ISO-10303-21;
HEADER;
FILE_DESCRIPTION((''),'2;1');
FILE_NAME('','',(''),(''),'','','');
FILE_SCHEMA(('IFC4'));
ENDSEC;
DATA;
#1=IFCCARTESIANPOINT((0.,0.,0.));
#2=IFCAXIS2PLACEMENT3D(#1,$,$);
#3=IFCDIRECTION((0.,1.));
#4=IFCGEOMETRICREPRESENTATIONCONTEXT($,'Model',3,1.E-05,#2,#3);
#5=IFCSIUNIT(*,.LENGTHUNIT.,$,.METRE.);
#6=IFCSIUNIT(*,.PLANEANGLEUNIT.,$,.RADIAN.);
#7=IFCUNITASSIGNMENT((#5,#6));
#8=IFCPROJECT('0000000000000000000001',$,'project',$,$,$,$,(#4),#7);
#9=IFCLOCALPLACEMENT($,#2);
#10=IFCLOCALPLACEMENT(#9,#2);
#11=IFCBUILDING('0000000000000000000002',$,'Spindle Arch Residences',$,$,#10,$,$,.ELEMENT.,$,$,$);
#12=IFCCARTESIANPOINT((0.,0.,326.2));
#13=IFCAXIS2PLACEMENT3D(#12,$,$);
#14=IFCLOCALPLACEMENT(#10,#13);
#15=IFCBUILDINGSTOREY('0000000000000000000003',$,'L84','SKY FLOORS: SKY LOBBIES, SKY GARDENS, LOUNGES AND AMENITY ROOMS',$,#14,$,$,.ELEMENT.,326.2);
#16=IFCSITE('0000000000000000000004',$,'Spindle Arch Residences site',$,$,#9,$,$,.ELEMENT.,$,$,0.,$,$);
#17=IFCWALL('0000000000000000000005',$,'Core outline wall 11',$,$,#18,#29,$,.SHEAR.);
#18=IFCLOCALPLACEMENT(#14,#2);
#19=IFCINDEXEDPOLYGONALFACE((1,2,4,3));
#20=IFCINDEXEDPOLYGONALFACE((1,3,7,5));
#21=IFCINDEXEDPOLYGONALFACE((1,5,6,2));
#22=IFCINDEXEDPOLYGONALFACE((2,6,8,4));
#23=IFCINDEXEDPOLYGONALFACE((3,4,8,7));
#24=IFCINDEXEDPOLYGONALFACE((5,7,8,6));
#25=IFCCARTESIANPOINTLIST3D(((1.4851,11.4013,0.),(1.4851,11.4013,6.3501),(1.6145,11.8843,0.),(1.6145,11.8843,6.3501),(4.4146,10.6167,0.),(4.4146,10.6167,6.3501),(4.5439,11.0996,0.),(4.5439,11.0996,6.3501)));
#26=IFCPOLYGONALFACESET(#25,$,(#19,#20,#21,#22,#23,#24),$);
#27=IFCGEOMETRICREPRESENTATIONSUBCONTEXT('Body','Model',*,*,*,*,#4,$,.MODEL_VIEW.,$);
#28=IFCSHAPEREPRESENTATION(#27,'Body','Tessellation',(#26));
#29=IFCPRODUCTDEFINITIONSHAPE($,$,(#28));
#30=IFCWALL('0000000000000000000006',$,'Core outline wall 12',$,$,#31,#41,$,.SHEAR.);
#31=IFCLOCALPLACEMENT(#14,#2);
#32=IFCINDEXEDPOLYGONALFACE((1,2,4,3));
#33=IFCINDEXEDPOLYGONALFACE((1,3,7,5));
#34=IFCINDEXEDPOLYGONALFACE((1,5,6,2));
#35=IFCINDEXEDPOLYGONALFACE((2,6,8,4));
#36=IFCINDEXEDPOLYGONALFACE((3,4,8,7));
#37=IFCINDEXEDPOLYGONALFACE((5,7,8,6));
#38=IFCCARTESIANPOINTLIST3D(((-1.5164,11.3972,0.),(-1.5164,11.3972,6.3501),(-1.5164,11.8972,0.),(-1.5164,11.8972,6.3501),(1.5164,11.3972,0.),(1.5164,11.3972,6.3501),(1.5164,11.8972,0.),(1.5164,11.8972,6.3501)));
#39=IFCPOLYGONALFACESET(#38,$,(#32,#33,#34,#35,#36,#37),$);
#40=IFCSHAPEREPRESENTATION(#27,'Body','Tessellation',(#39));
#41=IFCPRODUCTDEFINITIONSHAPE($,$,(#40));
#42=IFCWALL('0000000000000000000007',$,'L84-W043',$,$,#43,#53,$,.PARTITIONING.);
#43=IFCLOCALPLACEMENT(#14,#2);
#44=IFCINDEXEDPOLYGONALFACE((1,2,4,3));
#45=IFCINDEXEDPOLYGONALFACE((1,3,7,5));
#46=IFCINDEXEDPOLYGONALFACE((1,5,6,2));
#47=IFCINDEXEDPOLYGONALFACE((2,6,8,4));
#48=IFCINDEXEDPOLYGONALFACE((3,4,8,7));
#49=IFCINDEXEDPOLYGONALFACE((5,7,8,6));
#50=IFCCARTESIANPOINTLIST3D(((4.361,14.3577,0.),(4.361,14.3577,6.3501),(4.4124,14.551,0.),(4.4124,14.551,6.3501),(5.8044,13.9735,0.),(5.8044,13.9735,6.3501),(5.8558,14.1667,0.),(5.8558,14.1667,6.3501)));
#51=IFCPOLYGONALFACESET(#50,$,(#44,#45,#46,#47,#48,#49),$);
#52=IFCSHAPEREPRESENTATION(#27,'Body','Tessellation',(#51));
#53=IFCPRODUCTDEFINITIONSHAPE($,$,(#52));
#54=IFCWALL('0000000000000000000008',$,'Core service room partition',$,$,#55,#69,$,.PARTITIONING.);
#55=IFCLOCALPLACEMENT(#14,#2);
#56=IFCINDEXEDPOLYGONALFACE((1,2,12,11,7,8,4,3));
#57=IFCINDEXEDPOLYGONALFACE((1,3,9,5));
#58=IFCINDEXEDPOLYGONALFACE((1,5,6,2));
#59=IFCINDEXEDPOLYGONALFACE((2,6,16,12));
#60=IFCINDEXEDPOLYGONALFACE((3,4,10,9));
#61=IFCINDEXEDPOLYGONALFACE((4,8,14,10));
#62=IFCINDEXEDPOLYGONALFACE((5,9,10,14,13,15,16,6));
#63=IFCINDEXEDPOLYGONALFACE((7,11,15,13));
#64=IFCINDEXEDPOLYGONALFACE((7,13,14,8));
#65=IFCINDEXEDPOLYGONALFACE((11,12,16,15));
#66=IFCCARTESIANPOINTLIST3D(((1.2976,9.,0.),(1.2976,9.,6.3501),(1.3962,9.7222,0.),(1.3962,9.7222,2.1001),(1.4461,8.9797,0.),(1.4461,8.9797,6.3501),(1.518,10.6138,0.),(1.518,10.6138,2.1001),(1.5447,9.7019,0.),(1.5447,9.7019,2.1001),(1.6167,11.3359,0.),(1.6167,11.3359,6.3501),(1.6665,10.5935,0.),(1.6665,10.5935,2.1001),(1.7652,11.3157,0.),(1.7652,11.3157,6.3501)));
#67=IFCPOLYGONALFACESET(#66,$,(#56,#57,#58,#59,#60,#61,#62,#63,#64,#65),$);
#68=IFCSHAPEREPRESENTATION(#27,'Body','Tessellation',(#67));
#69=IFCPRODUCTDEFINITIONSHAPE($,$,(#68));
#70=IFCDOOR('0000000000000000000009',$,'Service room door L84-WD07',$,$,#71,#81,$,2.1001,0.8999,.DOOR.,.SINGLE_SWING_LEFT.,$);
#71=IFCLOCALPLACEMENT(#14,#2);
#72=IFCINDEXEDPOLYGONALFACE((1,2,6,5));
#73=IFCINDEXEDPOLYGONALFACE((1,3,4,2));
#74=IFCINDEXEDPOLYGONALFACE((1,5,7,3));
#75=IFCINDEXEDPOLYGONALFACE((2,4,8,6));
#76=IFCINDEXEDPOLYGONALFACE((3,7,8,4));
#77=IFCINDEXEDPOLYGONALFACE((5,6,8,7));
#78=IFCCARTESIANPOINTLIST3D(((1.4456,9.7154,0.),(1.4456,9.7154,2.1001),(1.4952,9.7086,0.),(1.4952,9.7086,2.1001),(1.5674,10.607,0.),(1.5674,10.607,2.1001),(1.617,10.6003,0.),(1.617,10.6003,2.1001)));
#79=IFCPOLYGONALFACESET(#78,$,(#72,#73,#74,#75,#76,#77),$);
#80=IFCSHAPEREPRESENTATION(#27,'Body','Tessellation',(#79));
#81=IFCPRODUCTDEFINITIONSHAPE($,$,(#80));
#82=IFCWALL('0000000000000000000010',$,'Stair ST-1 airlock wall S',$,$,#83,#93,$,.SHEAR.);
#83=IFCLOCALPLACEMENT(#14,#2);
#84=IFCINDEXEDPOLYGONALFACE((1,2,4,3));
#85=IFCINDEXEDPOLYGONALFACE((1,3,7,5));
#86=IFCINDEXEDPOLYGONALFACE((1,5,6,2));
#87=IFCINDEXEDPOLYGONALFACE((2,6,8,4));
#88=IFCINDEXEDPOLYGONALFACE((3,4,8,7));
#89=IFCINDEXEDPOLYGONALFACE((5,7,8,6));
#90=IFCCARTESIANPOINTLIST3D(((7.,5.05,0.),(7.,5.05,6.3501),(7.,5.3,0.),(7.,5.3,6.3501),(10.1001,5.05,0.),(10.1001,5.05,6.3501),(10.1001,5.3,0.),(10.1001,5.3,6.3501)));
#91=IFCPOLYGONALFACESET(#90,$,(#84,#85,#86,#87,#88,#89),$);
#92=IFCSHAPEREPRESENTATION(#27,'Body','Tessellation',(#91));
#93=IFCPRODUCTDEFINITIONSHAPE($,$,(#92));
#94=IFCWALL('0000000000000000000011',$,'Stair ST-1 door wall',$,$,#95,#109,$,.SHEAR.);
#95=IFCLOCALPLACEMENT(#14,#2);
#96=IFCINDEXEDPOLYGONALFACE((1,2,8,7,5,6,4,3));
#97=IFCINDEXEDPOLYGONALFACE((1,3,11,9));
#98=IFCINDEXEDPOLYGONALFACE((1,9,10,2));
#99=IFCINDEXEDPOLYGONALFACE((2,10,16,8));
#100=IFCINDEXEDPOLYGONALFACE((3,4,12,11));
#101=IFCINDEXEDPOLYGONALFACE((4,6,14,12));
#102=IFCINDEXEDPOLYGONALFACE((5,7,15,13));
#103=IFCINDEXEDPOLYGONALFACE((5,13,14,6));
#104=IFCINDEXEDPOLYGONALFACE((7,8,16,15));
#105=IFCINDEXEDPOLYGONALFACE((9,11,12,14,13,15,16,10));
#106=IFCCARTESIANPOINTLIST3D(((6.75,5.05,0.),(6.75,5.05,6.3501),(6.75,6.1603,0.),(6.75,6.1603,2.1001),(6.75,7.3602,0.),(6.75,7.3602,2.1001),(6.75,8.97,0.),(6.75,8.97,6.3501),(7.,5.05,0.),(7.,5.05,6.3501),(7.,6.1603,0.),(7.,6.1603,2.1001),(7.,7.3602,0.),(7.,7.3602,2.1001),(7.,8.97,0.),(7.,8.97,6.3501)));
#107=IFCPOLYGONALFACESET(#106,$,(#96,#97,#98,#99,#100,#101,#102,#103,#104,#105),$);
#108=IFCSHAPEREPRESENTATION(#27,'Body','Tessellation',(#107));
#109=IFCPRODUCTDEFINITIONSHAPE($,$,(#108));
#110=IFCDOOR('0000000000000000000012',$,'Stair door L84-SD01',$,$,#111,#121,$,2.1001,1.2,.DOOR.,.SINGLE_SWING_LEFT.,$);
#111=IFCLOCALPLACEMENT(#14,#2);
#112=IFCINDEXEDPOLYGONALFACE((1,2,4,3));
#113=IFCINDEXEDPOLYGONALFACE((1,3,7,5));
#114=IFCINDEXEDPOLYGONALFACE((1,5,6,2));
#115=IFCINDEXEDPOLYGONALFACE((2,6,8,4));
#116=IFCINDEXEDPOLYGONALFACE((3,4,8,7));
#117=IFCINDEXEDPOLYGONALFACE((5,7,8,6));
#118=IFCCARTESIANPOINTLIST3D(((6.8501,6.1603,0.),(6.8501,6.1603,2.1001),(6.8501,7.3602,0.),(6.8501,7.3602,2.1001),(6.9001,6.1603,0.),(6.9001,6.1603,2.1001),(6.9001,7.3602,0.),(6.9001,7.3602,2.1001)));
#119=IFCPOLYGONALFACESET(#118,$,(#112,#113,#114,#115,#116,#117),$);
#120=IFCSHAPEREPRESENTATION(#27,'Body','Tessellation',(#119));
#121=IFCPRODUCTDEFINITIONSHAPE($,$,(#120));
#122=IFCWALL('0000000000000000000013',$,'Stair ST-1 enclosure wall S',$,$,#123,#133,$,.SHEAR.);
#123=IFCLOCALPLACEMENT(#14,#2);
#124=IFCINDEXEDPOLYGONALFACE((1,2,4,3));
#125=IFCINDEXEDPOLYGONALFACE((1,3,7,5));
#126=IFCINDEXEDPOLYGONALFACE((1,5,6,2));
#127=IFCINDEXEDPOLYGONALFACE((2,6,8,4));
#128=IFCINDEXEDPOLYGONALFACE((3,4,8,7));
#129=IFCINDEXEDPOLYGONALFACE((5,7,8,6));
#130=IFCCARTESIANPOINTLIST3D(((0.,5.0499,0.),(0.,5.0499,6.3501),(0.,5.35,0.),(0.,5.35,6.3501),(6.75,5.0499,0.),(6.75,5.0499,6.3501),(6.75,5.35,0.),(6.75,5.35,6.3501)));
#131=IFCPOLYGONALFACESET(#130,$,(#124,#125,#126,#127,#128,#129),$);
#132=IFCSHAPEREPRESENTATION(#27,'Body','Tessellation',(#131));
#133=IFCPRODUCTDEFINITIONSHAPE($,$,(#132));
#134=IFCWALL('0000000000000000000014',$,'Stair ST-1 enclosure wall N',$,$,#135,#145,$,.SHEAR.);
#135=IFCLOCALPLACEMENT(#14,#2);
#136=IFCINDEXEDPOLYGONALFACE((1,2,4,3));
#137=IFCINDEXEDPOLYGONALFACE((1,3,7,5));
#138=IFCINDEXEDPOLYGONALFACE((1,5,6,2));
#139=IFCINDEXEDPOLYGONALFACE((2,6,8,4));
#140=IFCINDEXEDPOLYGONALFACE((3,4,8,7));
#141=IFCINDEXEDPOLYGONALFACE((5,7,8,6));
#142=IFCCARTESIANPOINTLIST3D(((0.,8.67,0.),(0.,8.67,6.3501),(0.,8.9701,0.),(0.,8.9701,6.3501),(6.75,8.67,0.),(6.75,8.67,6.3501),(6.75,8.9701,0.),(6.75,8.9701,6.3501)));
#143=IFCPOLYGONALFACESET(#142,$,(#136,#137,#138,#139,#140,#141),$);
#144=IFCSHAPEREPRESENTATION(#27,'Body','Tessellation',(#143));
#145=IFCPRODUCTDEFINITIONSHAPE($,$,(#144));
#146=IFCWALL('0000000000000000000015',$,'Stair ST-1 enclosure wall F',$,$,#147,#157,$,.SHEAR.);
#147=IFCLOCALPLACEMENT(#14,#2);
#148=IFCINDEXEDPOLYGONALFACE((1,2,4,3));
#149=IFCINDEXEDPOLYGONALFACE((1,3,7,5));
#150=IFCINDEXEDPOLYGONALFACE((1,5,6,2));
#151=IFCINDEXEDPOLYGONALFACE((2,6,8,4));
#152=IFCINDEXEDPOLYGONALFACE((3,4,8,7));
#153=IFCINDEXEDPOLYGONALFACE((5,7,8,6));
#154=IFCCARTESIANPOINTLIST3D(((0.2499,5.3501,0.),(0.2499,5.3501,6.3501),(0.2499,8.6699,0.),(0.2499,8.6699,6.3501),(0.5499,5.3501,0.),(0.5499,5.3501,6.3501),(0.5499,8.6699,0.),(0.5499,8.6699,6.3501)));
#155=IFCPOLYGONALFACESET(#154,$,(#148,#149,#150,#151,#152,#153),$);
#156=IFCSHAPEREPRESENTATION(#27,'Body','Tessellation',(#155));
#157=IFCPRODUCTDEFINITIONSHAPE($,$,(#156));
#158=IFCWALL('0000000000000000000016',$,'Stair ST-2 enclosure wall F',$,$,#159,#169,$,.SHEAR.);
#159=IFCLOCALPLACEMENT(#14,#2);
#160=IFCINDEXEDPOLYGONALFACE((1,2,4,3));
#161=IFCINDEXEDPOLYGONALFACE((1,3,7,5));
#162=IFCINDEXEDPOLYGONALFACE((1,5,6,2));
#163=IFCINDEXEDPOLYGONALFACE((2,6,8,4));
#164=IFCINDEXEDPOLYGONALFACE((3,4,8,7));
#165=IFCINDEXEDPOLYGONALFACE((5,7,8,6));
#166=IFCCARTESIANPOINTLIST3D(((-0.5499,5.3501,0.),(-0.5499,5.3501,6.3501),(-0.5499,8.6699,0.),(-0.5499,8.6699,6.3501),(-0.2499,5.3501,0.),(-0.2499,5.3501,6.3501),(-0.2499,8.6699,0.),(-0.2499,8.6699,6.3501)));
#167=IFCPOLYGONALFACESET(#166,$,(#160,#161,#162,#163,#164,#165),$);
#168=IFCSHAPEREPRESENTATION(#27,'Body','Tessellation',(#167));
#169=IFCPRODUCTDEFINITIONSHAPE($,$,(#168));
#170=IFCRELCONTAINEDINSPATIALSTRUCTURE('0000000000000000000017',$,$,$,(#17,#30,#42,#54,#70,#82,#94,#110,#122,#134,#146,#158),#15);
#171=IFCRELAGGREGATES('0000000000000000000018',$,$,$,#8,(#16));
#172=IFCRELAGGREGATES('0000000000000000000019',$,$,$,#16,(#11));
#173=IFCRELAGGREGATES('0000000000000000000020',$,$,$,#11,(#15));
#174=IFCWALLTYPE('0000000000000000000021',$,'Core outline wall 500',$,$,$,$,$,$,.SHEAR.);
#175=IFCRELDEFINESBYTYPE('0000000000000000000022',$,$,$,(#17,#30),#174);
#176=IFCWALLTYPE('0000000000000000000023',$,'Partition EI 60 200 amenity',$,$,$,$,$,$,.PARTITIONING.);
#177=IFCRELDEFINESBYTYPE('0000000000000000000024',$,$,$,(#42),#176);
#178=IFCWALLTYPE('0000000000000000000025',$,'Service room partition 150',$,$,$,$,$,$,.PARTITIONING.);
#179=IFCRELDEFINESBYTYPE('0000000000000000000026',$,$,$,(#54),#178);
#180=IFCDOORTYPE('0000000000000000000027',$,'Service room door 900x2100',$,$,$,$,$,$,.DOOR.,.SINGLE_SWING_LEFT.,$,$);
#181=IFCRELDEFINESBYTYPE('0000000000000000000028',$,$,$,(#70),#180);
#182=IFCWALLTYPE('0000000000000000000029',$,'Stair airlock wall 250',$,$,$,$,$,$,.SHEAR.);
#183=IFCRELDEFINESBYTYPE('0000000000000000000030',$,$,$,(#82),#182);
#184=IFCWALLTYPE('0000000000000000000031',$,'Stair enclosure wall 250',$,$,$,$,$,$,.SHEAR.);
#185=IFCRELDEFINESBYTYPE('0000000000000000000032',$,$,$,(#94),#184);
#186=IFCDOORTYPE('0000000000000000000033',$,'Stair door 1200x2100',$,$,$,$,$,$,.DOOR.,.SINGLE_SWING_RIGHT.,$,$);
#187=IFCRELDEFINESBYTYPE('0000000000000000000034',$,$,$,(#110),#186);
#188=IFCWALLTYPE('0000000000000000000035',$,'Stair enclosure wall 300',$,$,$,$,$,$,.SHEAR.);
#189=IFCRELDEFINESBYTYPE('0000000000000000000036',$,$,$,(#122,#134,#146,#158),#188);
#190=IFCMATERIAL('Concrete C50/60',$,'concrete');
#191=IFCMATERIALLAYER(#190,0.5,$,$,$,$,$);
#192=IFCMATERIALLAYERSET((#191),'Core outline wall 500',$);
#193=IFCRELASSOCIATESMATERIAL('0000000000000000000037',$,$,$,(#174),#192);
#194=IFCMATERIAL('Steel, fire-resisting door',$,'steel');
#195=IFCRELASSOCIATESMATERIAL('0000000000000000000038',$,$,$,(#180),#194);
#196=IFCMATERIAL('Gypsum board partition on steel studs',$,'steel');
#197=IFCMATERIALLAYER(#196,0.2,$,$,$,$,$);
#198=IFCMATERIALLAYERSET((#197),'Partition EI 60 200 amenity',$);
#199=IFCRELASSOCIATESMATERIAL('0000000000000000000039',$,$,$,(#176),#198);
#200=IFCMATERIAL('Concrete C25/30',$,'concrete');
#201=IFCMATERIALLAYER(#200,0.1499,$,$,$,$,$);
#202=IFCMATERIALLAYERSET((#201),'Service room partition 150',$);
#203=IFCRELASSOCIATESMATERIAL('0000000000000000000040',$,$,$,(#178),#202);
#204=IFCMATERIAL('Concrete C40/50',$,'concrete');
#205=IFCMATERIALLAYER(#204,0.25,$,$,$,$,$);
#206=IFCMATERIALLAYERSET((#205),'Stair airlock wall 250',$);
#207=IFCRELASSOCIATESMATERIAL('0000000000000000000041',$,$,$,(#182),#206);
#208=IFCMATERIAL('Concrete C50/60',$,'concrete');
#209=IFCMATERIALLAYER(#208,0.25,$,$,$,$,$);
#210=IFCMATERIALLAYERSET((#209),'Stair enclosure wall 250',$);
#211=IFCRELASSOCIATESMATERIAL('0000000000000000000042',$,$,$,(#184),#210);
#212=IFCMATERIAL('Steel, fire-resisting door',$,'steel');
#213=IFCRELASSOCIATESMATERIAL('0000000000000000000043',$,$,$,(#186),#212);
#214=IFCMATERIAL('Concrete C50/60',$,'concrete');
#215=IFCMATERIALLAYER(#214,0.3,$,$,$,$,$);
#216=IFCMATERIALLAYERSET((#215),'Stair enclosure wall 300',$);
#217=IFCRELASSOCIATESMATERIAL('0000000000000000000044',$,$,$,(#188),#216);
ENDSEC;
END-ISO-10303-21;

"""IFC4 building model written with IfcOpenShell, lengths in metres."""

from ifc_helpers import new_model, si_unit, direction, frame, frame_2d, origin, place, context, subcontext, project, spatial, rectangle, extrude, material, layer, layer_set, type_object, element, fill, save


model = new_model("IFC4")

# Units and contexts
model_context = context("Model", 3, precision=1e-05, world=origin(), true_north=direction((0.0, 1.0)))
body_context = subcontext(model_context, "Body", "Model", "MODEL_VIEW")
ifc_project = project(units=[si_unit("LENGTHUNIT", "METRE"), si_unit("PLANEANGLEUNIT", "RADIAN")], contexts=[model_context])

# Site, building, storey
site_placement = place(None, origin())
site = spatial("IfcSite", under=ifc_project, at=site_placement, Name="Spindle Arch Residences site", CompositionType="ELEMENT", RefElevation=0.0)
building_placement = place(site_placement, origin())
building = spatial("IfcBuilding", under=site, at=building_placement, Name="Spindle Arch Residences", CompositionType="ELEMENT")
storey_placement = place(building_placement, frame((0.0, 0.0, 326.2)))
storey = spatial("IfcBuildingStorey", under=building, at=storey_placement, Name="L84", Description="SKY FLOORS: SKY LOBBIES, SKY GARDENS, LOUNGES AND AMENITY ROOMS", CompositionType="ELEMENT", Elevation=326.2)

# Walls
ifc_material_1 = material(Name="Concrete C50/60", Category="concrete")
ifc_layer_1 = layer(ifc_material_1, 0.5)
ifc_layer_set_1 = layer_set([ifc_layer_1], Name="Core outline wall 500")
wall_type_1 = type_object("IfcWallType", Name="Core outline wall 500", PredefinedType="SHEAR", material=ifc_layer_set_1)
for number, where, z_axis, x_axis, name in (
    (1, (4.4792, 10.8582, 0.0), (0.0, 0.0, 1.0), (-0.965948, 0.258735, 0.0), "Core outline wall 11"),
    (2, (1.5164, 11.6472, 0.0), (0.0, 0.0, 1.0), (-1.0, 0.0, 0.0), "Core outline wall 12"),
):
    element("IfcWall", number, at=place(storey_placement, frame(where, z_axis=z_axis, x_axis=x_axis)), inside=storey, type_object=wall_type_1, Name=name, PredefinedType="SHEAR", context=body_context, shape_type="SweptSolid", body=[
        extrude(rectangle(XDim=3.0327, YDim=0.5, at=frame_2d((1.5164, 0.0))), origin(), (0.0, 0.0, 1.0), 6.3501),
    ])

# Shared definitions
ifc_material_2 = material(Name="Steel, fire-resisting door", Category="steel")
door_type_1 = type_object("IfcDoorType", Name="Service room door 900x2100", OperationType="SINGLE_SWING_LEFT", PredefinedType="DOOR", material=ifc_material_2)

# Wall
ifc_material_3 = material(Name="Gypsum board partition on steel studs", Category="steel")
ifc_layer_2 = layer(ifc_material_3, 0.2)
ifc_layer_set_2 = layer_set([ifc_layer_2], Name="Partition EI 60 200 amenity")
wall_type_2 = type_object("IfcWallType", Name="Partition EI 60 200 amenity", PredefinedType="PARTITIONING", material=ifc_layer_set_2)
wall_1_placement = place(storey_placement, frame((5.8301, 14.0701, 0.0), z_axis=(0.0, 0.0, 1.0), x_axis=(-0.966338, 0.257276, 0.0)))
element("IfcWall", 3, at=wall_1_placement, inside=storey, type_object=wall_type_2, Name="L84-W043", PredefinedType="PARTITIONING", context=body_context, shape_type="SweptSolid", body=[
    extrude(rectangle(XDim=1.4937, YDim=0.2, at=frame_2d((0.7468, 0.0))), origin(), (0.0, 0.0, 1.0), 6.3501),
])

# Wall, opening, door
ifc_material_4 = material(Name="Concrete C25/30", Category="concrete")
ifc_layer_3 = layer(ifc_material_4, 0.1499)
ifc_layer_set_3 = layer_set([ifc_layer_3], Name="Service room partition 150")
wall_type_3 = type_object("IfcWallType", Name="Service room partition 150", PredefinedType="PARTITIONING", material=ifc_layer_set_3)
wall_2_placement = place(storey_placement, frame((1.6909, 11.3257, 0.0), z_axis=(0.0, 0.0, 1.0), x_axis=(-0.135344, -0.990799, 0.0)))
wall_2 = element("IfcWall", 4, at=wall_2_placement, inside=storey, type_object=wall_type_3, Name="Core service room partition", PredefinedType="PARTITIONING", context=body_context, shape_type="SweptSolid", body=[
    extrude(rectangle(XDim=2.3577, YDim=0.1499, at=frame_2d((1.1787, 0.0))), origin(), (0.0, 0.0, 1.0), 6.3501),
])
opening_1_placement = place(wall_2_placement, frame((0.7288, 0.0, 0.0)))
opening_1 = element("IfcOpeningElement", 5, at=opening_1_placement, cuts=wall_2, PredefinedType="OPENING", context=body_context, shape_type="SweptSolid", body=[
    extrude(rectangle(XDim=0.8999, YDim=2.1001, at=frame_2d((0.45, 1.05))), frame((0.0, 0.085, 0.0), z_axis=(0.0, -1.0, 0.0), x_axis=(1.0, 0.0, 0.0)), (0.0, 0.0, 1.0), 0.1699),
])
door_1_placement = place(opening_1_placement, origin())
door_1 = element("IfcDoor", 6, at=door_1_placement, inside=storey, type_object=door_type_1, Name="Service room door L84-WD07", OperationType="SINGLE_SWING_LEFT", OverallHeight=2.1001, OverallWidth=0.8999, PredefinedType="DOOR", context=body_context, shape_type="SweptSolid", body=[
    extrude(rectangle(XDim=0.8999, YDim=2.1001, at=frame_2d((0.45, 1.05))), frame((0.0, 0.0249, 0.0), z_axis=(0.0, -1.0, 0.0), x_axis=(1.0, 0.0, 0.0)), (0.0, 0.0, 1.0), 0.05),
])
fill(opening_1, door_1)

# Wall
ifc_material_5 = material(Name="Concrete C40/50", Category="concrete")
ifc_layer_4 = layer(ifc_material_5, 0.25)
ifc_layer_set_4 = layer_set([ifc_layer_4], Name="Stair airlock wall 250")
wall_type_4 = type_object("IfcWallType", Name="Stair airlock wall 250", PredefinedType="SHEAR", material=ifc_layer_set_4)
wall_3_placement = place(storey_placement, frame((7.0, 5.175, 0.0), z_axis=(0.0, 0.0, 1.0), x_axis=(1.0, 0.0, 0.0)))
element("IfcWall", 7, at=wall_3_placement, inside=storey, type_object=wall_type_4, Name="Stair ST-1 airlock wall S", PredefinedType="SHEAR", context=body_context, shape_type="SweptSolid", body=[
    extrude(rectangle(XDim=3.1001, YDim=0.25, at=frame_2d((1.55, 0.0))), origin(), (0.0, 0.0, 1.0), 6.3501),
])

# Wall, opening, door
ifc_material_6 = material(Name="Concrete C50/60", Category="concrete")
ifc_layer_5 = layer(ifc_material_6, 0.25)
ifc_layer_set_5 = layer_set([ifc_layer_5], Name="Stair enclosure wall 250")
wall_type_5 = type_object("IfcWallType", Name="Stair enclosure wall 250", PredefinedType="SHEAR", material=ifc_layer_set_5)
wall_4_placement = place(storey_placement, frame((6.875, 5.05, 0.0), z_axis=(0.0, 0.0, 1.0), x_axis=(0.0, 1.0, 0.0)))
wall_4 = element("IfcWall", 8, at=wall_4_placement, inside=storey, type_object=wall_type_5, Name="Stair ST-1 door wall", PredefinedType="SHEAR", context=body_context, shape_type="SweptSolid", body=[
    extrude(rectangle(XDim=3.9199, YDim=0.25, at=frame_2d((1.96, 0.0))), origin(), (0.0, 0.0, 1.0), 6.3501),
])
opening_2_placement = place(wall_4_placement, frame((1.1101, 0.0, 0.0)))
opening_2 = element("IfcOpeningElement", 9, at=opening_2_placement, cuts=wall_4, PredefinedType="OPENING", context=body_context, shape_type="SweptSolid", body=[
    extrude(rectangle(XDim=1.2, YDim=2.1001, at=frame_2d((0.6001, 1.05))), frame((0.0, 0.135, 0.0), z_axis=(0.0, -1.0, 0.0), x_axis=(1.0, 0.0, 0.0)), (0.0, 0.0, 1.0), 0.27),
])
ifc_material_7 = material(Name="Steel, fire-resisting door", Category="steel")
door_type_2 = type_object("IfcDoorType", Name="Stair door 1200x2100", OperationType="SINGLE_SWING_RIGHT", PredefinedType="DOOR", material=ifc_material_7)
door_2_placement = place(opening_2_placement, origin())
door_2 = element("IfcDoor", 10, at=door_2_placement, inside=storey, type_object=door_type_2, Name="Stair door L84-SD01", OperationType="SINGLE_SWING_LEFT", OverallHeight=2.1001, OverallWidth=1.2, PredefinedType="DOOR", context=body_context, shape_type="SweptSolid", body=[
    extrude(rectangle(XDim=1.2, YDim=2.1001, at=frame_2d((0.6001, 1.05))), frame((0.0, 0.0249, 0.0), z_axis=(0.0, -1.0, 0.0), x_axis=(1.0, 0.0, 0.0)), (0.0, 0.0, 1.0), 0.05),
])
fill(opening_2, door_2)

# Walls
ifc_material_8 = material(Name="Concrete C50/60", Category="concrete")
ifc_layer_6 = layer(ifc_material_8, 0.3)
ifc_layer_set_6 = layer_set([ifc_layer_6], Name="Stair enclosure wall 300")
wall_type_6 = type_object("IfcWallType", Name="Stair enclosure wall 300", PredefinedType="SHEAR", material=ifc_layer_set_6)
for number, where, z_axis, x_axis, name in (
    (11, (0.0, 5.2, 0.0), (0.0, 0.0, 1.0), (1.0, 0.0, 0.0), "Stair ST-1 enclosure wall S"),
    (12, (0.0, 8.8201, 0.0), (0.0, 0.0, 1.0), (1.0, 0.0, 0.0), "Stair ST-1 enclosure wall N"),
):
    element("IfcWall", number, at=place(storey_placement, frame(where, z_axis=z_axis, x_axis=x_axis)), inside=storey, type_object=wall_type_6, Name=name, PredefinedType="SHEAR", context=body_context, shape_type="SweptSolid", body=[
        extrude(rectangle(XDim=6.75, YDim=0.3, at=frame_2d((3.375, 0.0))), origin(), (0.0, 0.0, 1.0), 6.3501),
    ])
for number, where, z_axis, x_axis, name in (
    (13, (0.3999, 5.3501, 0.0), (0.0, 0.0, 1.0), (0.0, 1.0, 0.0), "Stair ST-1 enclosure wall F"),
    (14, (-0.3999, 5.3501, 0.0), (0.0, 0.0, 1.0), (0.0, 1.0, 0.0), "Stair ST-2 enclosure wall F"),
):
    element("IfcWall", number, at=place(storey_placement, frame(where, z_axis=z_axis, x_axis=x_axis)), inside=storey, type_object=wall_type_6, Name=name, PredefinedType="SHEAR", context=body_context, shape_type="SweptSolid", body=[
        extrude(rectangle(XDim=3.3198, YDim=0.3, at=frame_2d((1.6599, 0.0))), origin(), (0.0, 0.0, 1.0), 6.3501),
    ])

save(model, "model.ifc")
